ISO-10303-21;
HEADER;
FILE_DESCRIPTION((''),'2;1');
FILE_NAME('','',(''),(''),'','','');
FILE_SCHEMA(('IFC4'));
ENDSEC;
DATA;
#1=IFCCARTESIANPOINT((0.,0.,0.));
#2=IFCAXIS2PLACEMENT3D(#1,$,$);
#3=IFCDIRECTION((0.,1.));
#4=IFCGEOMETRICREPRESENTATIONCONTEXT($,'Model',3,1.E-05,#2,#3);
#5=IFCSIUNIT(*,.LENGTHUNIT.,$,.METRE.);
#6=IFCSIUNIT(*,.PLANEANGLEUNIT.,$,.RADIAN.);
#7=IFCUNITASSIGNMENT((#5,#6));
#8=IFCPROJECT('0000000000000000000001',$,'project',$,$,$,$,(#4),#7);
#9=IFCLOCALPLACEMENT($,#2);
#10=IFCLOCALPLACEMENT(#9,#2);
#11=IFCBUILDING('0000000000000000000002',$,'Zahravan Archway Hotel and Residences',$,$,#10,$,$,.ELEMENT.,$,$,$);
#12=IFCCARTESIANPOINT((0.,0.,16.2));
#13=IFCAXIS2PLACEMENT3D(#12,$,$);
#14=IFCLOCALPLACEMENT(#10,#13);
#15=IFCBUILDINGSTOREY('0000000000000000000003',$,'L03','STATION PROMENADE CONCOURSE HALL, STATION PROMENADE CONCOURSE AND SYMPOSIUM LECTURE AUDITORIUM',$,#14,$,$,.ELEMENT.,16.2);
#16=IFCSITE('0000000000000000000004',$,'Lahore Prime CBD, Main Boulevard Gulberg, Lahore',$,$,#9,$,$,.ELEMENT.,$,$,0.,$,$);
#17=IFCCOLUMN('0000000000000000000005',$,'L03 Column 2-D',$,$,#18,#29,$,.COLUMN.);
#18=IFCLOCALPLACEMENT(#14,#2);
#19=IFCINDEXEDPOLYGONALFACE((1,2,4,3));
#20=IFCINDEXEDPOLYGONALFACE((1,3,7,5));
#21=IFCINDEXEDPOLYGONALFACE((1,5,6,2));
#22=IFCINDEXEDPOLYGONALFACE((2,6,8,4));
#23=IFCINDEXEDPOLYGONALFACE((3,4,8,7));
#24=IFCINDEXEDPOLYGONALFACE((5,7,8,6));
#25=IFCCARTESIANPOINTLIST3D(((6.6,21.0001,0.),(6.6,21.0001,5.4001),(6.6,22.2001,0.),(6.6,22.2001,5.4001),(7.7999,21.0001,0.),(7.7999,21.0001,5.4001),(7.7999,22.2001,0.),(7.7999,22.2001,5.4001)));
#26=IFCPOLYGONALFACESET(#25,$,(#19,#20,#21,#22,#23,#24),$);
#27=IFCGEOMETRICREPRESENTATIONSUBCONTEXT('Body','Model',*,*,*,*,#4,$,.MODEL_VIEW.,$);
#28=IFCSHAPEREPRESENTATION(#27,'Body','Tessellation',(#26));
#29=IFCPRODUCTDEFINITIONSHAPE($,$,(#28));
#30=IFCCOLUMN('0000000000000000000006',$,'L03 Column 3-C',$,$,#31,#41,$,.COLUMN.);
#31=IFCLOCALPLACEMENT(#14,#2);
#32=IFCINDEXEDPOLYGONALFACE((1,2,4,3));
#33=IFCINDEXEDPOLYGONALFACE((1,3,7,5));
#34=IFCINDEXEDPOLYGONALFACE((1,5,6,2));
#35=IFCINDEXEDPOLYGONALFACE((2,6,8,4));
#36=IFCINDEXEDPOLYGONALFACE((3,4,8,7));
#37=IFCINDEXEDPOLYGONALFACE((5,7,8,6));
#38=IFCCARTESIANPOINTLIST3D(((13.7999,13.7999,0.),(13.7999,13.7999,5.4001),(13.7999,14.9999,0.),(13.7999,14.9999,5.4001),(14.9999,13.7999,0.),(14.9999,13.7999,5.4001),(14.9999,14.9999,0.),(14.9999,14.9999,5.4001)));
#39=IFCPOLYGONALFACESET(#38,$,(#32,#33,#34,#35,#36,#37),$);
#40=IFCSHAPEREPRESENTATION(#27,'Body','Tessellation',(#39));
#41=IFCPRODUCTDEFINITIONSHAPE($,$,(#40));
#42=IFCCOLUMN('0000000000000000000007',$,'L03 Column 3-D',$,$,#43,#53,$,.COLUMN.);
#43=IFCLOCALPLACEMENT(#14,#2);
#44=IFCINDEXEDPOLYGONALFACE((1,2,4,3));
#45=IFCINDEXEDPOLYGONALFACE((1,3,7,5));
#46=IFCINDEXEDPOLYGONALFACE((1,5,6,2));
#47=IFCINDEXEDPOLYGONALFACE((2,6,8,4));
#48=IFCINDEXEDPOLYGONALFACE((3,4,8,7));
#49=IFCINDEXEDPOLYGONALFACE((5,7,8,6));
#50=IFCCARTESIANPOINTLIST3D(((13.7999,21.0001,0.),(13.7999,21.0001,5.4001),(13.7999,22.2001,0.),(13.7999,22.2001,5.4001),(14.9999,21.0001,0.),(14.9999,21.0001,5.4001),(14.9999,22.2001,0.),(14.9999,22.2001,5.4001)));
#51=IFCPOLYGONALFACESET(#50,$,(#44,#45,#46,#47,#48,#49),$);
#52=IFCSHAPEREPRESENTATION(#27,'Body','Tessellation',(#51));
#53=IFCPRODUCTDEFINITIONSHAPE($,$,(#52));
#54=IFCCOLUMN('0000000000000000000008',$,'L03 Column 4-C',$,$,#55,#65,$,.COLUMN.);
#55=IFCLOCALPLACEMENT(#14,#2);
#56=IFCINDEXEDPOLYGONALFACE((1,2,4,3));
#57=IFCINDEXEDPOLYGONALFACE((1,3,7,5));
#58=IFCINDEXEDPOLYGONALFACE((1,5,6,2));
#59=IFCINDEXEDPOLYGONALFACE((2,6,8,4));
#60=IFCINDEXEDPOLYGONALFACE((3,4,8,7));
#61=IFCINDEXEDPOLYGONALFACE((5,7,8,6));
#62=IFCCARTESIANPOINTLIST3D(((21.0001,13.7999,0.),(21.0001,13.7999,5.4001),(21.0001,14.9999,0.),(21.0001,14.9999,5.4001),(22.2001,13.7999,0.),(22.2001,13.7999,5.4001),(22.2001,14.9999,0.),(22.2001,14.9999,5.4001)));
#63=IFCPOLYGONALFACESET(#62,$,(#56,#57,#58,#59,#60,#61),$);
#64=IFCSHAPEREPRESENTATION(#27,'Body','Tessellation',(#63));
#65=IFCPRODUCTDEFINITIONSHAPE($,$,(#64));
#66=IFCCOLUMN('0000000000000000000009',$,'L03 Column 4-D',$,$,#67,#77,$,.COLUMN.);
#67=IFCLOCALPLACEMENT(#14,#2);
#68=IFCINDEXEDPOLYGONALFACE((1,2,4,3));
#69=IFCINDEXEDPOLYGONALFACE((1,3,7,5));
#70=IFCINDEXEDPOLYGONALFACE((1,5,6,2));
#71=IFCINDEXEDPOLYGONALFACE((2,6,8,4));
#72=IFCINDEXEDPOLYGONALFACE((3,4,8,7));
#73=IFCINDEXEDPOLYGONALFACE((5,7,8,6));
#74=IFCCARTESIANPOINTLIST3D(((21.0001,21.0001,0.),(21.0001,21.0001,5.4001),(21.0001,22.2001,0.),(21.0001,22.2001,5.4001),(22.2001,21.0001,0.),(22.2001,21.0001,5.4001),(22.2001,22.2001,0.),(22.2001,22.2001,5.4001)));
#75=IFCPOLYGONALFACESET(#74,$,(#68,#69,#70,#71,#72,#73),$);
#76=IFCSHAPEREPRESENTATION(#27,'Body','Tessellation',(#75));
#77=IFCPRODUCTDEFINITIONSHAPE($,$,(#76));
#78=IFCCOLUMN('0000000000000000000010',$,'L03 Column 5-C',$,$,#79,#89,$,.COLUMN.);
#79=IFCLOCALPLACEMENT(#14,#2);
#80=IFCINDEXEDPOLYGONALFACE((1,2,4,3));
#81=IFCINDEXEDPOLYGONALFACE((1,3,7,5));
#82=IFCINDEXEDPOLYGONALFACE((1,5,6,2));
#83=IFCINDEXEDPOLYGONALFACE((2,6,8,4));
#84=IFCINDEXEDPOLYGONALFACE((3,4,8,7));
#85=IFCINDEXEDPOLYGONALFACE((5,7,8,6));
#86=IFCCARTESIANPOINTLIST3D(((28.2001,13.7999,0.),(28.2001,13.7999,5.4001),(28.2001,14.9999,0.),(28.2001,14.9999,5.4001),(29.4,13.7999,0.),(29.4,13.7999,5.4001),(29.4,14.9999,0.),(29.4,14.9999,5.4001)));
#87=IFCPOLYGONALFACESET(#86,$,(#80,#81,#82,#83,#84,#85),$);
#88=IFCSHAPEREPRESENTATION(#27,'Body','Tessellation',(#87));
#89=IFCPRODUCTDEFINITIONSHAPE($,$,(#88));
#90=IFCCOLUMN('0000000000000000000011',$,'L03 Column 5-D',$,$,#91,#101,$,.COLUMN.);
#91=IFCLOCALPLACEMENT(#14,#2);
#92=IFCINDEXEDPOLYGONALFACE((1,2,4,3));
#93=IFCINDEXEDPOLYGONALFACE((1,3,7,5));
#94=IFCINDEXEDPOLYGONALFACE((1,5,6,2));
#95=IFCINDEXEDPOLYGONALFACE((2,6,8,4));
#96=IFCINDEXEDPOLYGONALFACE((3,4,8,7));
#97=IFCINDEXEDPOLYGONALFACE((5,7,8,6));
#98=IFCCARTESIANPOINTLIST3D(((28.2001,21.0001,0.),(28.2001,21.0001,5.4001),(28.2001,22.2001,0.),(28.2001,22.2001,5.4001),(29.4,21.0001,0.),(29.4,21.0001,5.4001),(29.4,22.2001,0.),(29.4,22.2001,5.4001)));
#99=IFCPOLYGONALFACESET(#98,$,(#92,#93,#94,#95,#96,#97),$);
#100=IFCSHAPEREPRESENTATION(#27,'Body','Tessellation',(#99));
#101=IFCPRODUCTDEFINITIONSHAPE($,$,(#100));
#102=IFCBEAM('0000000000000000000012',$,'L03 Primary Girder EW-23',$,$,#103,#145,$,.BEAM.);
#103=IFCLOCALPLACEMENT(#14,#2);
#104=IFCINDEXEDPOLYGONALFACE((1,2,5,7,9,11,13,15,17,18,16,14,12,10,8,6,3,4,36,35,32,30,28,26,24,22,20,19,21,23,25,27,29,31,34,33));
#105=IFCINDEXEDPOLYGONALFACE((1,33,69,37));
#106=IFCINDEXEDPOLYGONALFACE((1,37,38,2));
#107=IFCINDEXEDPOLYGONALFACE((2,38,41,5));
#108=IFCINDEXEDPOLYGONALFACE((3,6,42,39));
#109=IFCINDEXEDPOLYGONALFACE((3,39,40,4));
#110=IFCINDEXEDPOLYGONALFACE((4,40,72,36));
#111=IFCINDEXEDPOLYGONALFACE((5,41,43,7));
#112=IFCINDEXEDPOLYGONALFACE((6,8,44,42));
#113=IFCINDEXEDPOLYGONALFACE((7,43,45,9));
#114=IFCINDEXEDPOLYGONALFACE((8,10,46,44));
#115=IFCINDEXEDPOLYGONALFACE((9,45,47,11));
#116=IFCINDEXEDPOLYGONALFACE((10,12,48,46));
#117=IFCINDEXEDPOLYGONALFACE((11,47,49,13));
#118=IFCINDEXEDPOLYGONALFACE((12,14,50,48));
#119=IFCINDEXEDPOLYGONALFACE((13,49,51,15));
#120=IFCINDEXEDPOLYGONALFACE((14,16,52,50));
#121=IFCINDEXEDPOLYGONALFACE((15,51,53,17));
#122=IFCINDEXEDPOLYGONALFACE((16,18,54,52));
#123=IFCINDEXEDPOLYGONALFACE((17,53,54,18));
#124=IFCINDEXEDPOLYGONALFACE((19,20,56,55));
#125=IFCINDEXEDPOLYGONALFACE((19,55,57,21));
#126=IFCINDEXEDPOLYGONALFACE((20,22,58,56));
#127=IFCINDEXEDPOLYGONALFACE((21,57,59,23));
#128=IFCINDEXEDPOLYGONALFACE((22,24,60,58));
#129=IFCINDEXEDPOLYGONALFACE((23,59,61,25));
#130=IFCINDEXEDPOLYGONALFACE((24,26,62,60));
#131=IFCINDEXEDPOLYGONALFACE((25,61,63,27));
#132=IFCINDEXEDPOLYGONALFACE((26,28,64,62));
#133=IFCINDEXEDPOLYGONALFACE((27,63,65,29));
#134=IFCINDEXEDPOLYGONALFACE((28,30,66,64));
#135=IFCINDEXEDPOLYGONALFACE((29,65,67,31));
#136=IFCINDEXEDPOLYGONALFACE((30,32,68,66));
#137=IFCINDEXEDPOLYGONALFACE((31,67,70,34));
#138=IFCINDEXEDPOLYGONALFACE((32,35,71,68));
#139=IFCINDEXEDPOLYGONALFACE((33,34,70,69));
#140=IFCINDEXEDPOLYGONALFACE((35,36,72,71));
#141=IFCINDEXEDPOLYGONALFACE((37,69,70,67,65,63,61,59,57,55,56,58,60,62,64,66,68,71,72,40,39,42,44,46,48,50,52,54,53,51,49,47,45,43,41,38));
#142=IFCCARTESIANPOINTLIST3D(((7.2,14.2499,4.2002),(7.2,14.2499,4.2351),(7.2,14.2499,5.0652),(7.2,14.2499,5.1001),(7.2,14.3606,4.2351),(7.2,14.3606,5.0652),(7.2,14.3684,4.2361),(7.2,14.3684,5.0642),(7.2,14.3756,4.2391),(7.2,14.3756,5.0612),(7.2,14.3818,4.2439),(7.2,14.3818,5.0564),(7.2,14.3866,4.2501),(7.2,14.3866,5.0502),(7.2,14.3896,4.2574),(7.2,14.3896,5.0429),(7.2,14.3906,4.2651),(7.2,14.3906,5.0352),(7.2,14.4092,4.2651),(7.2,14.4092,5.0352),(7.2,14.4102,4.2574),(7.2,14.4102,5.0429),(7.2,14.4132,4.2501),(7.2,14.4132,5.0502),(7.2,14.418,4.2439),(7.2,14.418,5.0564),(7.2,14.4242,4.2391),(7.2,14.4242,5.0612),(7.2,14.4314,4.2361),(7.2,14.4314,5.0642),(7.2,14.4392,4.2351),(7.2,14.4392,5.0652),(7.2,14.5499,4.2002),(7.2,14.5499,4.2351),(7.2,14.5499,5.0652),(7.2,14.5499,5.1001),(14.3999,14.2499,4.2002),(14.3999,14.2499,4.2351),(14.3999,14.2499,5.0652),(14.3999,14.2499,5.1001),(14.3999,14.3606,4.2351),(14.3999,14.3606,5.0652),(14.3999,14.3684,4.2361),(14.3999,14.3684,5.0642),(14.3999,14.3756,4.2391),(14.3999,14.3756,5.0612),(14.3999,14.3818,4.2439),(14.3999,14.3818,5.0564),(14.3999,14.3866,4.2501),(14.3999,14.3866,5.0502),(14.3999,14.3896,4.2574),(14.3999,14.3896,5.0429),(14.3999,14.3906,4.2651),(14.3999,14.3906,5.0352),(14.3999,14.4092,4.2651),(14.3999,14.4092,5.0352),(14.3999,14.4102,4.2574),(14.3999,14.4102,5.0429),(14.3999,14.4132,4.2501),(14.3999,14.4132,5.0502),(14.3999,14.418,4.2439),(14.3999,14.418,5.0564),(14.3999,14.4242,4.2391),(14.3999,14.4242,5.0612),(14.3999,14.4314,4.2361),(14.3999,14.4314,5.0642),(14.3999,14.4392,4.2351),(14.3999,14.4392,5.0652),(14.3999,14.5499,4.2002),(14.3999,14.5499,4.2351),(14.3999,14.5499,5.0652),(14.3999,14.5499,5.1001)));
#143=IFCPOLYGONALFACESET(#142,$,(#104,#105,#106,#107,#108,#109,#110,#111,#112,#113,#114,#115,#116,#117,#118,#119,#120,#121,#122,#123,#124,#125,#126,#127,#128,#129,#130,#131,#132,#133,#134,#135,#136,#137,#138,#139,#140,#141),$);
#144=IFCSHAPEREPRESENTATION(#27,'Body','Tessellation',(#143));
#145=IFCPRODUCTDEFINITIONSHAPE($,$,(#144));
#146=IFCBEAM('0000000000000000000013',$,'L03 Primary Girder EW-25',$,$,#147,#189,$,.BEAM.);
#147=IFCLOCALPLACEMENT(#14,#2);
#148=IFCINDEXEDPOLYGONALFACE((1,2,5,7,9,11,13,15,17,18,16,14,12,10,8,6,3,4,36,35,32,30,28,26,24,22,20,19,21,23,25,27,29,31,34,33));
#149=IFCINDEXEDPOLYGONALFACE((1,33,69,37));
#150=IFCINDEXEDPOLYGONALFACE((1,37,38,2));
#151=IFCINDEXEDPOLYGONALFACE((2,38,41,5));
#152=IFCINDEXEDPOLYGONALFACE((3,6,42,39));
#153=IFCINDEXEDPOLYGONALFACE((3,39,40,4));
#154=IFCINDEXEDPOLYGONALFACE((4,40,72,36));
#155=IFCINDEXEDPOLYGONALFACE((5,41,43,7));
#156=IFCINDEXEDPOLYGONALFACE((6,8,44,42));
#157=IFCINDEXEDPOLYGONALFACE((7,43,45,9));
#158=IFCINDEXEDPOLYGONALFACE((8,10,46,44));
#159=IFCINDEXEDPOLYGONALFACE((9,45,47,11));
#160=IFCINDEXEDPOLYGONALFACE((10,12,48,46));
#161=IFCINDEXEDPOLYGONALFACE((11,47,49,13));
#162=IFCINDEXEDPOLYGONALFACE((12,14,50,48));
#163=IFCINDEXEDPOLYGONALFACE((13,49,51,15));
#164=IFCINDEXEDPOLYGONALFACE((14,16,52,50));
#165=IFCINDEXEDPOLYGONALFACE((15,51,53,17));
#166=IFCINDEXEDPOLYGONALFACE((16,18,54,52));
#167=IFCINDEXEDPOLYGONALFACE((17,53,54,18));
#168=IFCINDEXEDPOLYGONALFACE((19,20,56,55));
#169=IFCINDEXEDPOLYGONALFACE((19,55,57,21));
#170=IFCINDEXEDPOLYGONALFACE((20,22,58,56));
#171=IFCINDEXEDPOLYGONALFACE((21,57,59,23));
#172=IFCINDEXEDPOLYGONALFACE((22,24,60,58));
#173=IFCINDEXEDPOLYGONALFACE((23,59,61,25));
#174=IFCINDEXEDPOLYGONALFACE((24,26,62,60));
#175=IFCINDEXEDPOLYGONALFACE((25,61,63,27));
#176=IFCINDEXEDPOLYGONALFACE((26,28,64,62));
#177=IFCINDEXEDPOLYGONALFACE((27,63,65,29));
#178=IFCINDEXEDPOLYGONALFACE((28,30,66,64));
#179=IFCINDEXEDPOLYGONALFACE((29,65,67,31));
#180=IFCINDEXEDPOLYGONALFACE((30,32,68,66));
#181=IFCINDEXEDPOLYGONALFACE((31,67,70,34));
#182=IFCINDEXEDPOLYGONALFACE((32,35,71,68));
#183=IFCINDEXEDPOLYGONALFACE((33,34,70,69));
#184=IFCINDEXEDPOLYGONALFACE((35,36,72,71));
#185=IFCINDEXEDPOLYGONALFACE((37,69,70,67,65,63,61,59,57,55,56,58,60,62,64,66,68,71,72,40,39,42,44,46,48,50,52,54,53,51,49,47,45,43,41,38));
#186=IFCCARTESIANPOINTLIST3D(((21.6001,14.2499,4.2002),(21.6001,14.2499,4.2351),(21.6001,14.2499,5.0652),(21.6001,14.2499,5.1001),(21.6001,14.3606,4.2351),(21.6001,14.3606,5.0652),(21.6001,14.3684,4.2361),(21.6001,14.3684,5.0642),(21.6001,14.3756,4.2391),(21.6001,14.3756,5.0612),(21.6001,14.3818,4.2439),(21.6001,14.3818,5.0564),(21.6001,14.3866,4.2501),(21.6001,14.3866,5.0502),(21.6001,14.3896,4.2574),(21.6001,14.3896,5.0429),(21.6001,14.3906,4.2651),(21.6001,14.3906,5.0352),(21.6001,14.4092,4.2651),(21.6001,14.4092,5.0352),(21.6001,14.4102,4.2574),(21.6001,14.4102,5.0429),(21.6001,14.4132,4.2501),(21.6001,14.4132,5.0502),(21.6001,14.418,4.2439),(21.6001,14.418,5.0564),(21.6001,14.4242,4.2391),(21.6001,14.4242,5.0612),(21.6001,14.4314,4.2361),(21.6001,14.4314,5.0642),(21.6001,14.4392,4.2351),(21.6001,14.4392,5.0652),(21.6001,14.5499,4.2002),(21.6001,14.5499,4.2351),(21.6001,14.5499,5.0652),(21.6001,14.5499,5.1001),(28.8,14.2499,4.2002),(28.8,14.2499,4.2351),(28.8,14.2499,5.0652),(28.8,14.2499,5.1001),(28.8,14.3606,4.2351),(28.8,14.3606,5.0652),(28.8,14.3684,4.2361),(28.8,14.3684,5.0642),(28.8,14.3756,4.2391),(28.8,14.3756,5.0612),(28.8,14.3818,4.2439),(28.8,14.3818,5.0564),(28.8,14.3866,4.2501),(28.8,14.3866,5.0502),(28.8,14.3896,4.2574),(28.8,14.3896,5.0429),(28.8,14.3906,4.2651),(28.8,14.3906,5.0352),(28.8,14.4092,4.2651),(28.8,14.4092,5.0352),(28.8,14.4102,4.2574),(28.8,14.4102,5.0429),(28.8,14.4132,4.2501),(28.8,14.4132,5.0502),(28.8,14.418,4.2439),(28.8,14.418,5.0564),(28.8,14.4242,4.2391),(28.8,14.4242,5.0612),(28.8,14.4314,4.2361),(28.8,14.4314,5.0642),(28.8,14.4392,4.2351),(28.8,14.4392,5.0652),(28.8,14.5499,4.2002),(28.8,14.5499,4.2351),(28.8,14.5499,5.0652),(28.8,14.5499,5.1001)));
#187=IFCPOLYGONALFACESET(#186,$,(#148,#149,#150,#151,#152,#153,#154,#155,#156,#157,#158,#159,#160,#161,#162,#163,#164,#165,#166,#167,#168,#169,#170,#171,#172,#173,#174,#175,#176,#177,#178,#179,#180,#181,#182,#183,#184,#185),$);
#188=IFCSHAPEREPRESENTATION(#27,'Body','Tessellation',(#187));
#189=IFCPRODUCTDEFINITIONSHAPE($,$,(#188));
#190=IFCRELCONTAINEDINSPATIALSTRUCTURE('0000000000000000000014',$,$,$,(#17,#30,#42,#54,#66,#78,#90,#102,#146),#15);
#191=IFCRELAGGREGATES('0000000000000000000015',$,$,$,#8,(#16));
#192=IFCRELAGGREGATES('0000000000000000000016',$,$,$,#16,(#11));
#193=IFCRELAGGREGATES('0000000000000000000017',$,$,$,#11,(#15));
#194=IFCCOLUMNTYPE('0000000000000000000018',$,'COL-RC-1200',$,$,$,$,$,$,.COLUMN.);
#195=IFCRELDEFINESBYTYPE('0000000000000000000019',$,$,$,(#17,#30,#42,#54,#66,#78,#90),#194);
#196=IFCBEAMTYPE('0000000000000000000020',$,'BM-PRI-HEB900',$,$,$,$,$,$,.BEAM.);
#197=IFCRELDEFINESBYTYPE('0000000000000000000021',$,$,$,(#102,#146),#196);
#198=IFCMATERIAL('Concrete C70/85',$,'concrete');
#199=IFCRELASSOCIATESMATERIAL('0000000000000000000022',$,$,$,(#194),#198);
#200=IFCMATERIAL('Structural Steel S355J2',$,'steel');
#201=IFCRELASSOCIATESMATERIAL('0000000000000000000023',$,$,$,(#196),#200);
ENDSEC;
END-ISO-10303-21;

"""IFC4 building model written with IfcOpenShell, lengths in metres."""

from ifc_helpers import new_model, si_unit, direction, frame, origin, origin_2d, place, context, subcontext, project, spatial, rectangle, i_section, extrude, source, transform, mapped, material, material_profile, profile_set, type_object, element, save


model = new_model("IFC4")

# Units and contexts
model_context = context("Model", 3, precision=1e-05, world=origin(), true_north=direction((0.0, 1.0)))
body_context = subcontext(model_context, "Body", "Model", "MODEL_VIEW")
ifc_project = project(units=[si_unit("LENGTHUNIT", "METRE"), si_unit("PLANEANGLEUNIT", "RADIAN")], contexts=[model_context])

# Site, building, storey
site_placement = place(None, origin())
site = spatial("IfcSite", under=ifc_project, at=site_placement, Name="Lahore Prime CBD, Main Boulevard Gulberg, Lahore", CompositionType="ELEMENT", RefElevation=0.0)
building_placement = place(site_placement, origin())
building = spatial("IfcBuilding", under=site, at=building_placement, Name="Zahravan Archway Hotel and Residences", CompositionType="ELEMENT")
storey_placement = place(building_placement, frame((0.0, 0.0, 16.2)))
storey = spatial("IfcBuildingStorey", under=building, at=storey_placement, Name="L03", Description="STATION PROMENADE CONCOURSE HALL, STATION PROMENADE CONCOURSE AND SYMPOSIUM LECTURE AUDITORIUM", CompositionType="ELEMENT", Elevation=16.2)

# Columns
ifc_material_1 = material(Name="Concrete C70/85", Category="concrete")
ifc_material_profile_1 = material_profile(ifc_material_1, rectangle(XDim=1.2, YDim=1.2, at=origin_2d()), Name="RC-COL-1200x1200", Category="concrete")
ifc_profile_set_1 = profile_set([ifc_material_profile_1], Name="Concrete C70/85")
column_type = type_object("IfcColumnType", Name="COL-RC-1200", PredefinedType="COLUMN", material=ifc_profile_set_1)
shared_shape_1 = source(origin(), body_context, "Body", "SweptSolid", [
    extrude(rectangle(XDim=1.2, YDim=1.2, at=origin_2d()), origin(), (0.0, 0.0, 1.0), 5.4001),
])
for number, where, z_axis, x_axis, name in (
    (1, (7.2, 21.6001, 0.0), (0.0, 0.0, 1.0), (1.0, 0.0, 0.0), "L03 Column 2-D"),
    (2, (14.3999, 14.3999, 0.0), (0.0, 0.0, 1.0), (1.0, 0.0, 0.0), "L03 Column 3-C"),
    (3, (14.3999, 21.6001, 0.0), (0.0, 0.0, 1.0), (1.0, 0.0, 0.0), "L03 Column 3-D"),
    (4, (21.6001, 14.3999, 0.0), (0.0, 0.0, 1.0), (1.0, 0.0, 0.0), "L03 Column 4-C"),
    (5, (21.6001, 21.6001, 0.0), (0.0, 0.0, 1.0), (1.0, 0.0, 0.0), "L03 Column 4-D"),
    (6, (28.8, 14.3999, 0.0), (0.0, 0.0, 1.0), (1.0, 0.0, 0.0), "L03 Column 5-C"),
    (7, (28.8, 21.6001, 0.0), (0.0, 0.0, 1.0), (1.0, 0.0, 0.0), "L03 Column 5-D"),
):
    element("IfcColumn", number, at=place(storey_placement, frame(where, z_axis=z_axis, x_axis=x_axis)), inside=storey, type_object=column_type, Name=name, PredefinedType="COLUMN", context=body_context, shape_type="MappedRepresentation", body=[
        mapped(shared_shape_1, transform((0.0, 0.0, 0.0), scale=1.0)),
    ])

# Beams
ifc_material_2 = material(Name="Structural Steel S355J2", Category="steel")
ifc_material_profile_2 = material_profile(ifc_material_2, i_section(OverallWidth=0.3, OverallDepth=0.8999, WebThickness=0.0186, FlangeThickness=0.0349, FilletRadius=0.03, at=origin_2d()), Name="HEB 900", Category="steel")
ifc_profile_set_2 = profile_set([ifc_material_profile_2], Name="Structural Steel S355J2")
beam_type_1 = type_object("IfcBeamType", Name="BM-PRI-HEB900", PredefinedType="BEAM", material=ifc_profile_set_2)
shared_shape_2 = source(origin(), body_context, "Body", "SweptSolid", [
    extrude(i_section(OverallWidth=0.3, OverallDepth=0.8999, WebThickness=0.0186, FlangeThickness=0.0349, FilletRadius=0.03, at=origin_2d()), origin(), (0.0, 0.0, 1.0), 7.2),
])
for number, where, z_axis, x_axis, name in (
    (8, (7.2, 14.3999, 4.6501), (1.0, 0.0, 0.0), (0.0, 1.0, 0.0), "L03 Primary Girder EW-23"),
    (9, (21.6001, 14.3999, 4.6501), (1.0, 0.0, 0.0), (0.0, 1.0, 0.0), "L03 Primary Girder EW-25"),
):
    element("IfcBeam", number, at=place(storey_placement, frame(where, z_axis=z_axis, x_axis=x_axis)), inside=storey, type_object=beam_type_1, Name=name, PredefinedType="BEAM", context=body_context, shape_type="MappedRepresentation", body=[
        mapped(shared_shape_2, transform((0.0, 0.0, 0.0), scale=1.0)),
    ])

save(model, "model.ifc")
